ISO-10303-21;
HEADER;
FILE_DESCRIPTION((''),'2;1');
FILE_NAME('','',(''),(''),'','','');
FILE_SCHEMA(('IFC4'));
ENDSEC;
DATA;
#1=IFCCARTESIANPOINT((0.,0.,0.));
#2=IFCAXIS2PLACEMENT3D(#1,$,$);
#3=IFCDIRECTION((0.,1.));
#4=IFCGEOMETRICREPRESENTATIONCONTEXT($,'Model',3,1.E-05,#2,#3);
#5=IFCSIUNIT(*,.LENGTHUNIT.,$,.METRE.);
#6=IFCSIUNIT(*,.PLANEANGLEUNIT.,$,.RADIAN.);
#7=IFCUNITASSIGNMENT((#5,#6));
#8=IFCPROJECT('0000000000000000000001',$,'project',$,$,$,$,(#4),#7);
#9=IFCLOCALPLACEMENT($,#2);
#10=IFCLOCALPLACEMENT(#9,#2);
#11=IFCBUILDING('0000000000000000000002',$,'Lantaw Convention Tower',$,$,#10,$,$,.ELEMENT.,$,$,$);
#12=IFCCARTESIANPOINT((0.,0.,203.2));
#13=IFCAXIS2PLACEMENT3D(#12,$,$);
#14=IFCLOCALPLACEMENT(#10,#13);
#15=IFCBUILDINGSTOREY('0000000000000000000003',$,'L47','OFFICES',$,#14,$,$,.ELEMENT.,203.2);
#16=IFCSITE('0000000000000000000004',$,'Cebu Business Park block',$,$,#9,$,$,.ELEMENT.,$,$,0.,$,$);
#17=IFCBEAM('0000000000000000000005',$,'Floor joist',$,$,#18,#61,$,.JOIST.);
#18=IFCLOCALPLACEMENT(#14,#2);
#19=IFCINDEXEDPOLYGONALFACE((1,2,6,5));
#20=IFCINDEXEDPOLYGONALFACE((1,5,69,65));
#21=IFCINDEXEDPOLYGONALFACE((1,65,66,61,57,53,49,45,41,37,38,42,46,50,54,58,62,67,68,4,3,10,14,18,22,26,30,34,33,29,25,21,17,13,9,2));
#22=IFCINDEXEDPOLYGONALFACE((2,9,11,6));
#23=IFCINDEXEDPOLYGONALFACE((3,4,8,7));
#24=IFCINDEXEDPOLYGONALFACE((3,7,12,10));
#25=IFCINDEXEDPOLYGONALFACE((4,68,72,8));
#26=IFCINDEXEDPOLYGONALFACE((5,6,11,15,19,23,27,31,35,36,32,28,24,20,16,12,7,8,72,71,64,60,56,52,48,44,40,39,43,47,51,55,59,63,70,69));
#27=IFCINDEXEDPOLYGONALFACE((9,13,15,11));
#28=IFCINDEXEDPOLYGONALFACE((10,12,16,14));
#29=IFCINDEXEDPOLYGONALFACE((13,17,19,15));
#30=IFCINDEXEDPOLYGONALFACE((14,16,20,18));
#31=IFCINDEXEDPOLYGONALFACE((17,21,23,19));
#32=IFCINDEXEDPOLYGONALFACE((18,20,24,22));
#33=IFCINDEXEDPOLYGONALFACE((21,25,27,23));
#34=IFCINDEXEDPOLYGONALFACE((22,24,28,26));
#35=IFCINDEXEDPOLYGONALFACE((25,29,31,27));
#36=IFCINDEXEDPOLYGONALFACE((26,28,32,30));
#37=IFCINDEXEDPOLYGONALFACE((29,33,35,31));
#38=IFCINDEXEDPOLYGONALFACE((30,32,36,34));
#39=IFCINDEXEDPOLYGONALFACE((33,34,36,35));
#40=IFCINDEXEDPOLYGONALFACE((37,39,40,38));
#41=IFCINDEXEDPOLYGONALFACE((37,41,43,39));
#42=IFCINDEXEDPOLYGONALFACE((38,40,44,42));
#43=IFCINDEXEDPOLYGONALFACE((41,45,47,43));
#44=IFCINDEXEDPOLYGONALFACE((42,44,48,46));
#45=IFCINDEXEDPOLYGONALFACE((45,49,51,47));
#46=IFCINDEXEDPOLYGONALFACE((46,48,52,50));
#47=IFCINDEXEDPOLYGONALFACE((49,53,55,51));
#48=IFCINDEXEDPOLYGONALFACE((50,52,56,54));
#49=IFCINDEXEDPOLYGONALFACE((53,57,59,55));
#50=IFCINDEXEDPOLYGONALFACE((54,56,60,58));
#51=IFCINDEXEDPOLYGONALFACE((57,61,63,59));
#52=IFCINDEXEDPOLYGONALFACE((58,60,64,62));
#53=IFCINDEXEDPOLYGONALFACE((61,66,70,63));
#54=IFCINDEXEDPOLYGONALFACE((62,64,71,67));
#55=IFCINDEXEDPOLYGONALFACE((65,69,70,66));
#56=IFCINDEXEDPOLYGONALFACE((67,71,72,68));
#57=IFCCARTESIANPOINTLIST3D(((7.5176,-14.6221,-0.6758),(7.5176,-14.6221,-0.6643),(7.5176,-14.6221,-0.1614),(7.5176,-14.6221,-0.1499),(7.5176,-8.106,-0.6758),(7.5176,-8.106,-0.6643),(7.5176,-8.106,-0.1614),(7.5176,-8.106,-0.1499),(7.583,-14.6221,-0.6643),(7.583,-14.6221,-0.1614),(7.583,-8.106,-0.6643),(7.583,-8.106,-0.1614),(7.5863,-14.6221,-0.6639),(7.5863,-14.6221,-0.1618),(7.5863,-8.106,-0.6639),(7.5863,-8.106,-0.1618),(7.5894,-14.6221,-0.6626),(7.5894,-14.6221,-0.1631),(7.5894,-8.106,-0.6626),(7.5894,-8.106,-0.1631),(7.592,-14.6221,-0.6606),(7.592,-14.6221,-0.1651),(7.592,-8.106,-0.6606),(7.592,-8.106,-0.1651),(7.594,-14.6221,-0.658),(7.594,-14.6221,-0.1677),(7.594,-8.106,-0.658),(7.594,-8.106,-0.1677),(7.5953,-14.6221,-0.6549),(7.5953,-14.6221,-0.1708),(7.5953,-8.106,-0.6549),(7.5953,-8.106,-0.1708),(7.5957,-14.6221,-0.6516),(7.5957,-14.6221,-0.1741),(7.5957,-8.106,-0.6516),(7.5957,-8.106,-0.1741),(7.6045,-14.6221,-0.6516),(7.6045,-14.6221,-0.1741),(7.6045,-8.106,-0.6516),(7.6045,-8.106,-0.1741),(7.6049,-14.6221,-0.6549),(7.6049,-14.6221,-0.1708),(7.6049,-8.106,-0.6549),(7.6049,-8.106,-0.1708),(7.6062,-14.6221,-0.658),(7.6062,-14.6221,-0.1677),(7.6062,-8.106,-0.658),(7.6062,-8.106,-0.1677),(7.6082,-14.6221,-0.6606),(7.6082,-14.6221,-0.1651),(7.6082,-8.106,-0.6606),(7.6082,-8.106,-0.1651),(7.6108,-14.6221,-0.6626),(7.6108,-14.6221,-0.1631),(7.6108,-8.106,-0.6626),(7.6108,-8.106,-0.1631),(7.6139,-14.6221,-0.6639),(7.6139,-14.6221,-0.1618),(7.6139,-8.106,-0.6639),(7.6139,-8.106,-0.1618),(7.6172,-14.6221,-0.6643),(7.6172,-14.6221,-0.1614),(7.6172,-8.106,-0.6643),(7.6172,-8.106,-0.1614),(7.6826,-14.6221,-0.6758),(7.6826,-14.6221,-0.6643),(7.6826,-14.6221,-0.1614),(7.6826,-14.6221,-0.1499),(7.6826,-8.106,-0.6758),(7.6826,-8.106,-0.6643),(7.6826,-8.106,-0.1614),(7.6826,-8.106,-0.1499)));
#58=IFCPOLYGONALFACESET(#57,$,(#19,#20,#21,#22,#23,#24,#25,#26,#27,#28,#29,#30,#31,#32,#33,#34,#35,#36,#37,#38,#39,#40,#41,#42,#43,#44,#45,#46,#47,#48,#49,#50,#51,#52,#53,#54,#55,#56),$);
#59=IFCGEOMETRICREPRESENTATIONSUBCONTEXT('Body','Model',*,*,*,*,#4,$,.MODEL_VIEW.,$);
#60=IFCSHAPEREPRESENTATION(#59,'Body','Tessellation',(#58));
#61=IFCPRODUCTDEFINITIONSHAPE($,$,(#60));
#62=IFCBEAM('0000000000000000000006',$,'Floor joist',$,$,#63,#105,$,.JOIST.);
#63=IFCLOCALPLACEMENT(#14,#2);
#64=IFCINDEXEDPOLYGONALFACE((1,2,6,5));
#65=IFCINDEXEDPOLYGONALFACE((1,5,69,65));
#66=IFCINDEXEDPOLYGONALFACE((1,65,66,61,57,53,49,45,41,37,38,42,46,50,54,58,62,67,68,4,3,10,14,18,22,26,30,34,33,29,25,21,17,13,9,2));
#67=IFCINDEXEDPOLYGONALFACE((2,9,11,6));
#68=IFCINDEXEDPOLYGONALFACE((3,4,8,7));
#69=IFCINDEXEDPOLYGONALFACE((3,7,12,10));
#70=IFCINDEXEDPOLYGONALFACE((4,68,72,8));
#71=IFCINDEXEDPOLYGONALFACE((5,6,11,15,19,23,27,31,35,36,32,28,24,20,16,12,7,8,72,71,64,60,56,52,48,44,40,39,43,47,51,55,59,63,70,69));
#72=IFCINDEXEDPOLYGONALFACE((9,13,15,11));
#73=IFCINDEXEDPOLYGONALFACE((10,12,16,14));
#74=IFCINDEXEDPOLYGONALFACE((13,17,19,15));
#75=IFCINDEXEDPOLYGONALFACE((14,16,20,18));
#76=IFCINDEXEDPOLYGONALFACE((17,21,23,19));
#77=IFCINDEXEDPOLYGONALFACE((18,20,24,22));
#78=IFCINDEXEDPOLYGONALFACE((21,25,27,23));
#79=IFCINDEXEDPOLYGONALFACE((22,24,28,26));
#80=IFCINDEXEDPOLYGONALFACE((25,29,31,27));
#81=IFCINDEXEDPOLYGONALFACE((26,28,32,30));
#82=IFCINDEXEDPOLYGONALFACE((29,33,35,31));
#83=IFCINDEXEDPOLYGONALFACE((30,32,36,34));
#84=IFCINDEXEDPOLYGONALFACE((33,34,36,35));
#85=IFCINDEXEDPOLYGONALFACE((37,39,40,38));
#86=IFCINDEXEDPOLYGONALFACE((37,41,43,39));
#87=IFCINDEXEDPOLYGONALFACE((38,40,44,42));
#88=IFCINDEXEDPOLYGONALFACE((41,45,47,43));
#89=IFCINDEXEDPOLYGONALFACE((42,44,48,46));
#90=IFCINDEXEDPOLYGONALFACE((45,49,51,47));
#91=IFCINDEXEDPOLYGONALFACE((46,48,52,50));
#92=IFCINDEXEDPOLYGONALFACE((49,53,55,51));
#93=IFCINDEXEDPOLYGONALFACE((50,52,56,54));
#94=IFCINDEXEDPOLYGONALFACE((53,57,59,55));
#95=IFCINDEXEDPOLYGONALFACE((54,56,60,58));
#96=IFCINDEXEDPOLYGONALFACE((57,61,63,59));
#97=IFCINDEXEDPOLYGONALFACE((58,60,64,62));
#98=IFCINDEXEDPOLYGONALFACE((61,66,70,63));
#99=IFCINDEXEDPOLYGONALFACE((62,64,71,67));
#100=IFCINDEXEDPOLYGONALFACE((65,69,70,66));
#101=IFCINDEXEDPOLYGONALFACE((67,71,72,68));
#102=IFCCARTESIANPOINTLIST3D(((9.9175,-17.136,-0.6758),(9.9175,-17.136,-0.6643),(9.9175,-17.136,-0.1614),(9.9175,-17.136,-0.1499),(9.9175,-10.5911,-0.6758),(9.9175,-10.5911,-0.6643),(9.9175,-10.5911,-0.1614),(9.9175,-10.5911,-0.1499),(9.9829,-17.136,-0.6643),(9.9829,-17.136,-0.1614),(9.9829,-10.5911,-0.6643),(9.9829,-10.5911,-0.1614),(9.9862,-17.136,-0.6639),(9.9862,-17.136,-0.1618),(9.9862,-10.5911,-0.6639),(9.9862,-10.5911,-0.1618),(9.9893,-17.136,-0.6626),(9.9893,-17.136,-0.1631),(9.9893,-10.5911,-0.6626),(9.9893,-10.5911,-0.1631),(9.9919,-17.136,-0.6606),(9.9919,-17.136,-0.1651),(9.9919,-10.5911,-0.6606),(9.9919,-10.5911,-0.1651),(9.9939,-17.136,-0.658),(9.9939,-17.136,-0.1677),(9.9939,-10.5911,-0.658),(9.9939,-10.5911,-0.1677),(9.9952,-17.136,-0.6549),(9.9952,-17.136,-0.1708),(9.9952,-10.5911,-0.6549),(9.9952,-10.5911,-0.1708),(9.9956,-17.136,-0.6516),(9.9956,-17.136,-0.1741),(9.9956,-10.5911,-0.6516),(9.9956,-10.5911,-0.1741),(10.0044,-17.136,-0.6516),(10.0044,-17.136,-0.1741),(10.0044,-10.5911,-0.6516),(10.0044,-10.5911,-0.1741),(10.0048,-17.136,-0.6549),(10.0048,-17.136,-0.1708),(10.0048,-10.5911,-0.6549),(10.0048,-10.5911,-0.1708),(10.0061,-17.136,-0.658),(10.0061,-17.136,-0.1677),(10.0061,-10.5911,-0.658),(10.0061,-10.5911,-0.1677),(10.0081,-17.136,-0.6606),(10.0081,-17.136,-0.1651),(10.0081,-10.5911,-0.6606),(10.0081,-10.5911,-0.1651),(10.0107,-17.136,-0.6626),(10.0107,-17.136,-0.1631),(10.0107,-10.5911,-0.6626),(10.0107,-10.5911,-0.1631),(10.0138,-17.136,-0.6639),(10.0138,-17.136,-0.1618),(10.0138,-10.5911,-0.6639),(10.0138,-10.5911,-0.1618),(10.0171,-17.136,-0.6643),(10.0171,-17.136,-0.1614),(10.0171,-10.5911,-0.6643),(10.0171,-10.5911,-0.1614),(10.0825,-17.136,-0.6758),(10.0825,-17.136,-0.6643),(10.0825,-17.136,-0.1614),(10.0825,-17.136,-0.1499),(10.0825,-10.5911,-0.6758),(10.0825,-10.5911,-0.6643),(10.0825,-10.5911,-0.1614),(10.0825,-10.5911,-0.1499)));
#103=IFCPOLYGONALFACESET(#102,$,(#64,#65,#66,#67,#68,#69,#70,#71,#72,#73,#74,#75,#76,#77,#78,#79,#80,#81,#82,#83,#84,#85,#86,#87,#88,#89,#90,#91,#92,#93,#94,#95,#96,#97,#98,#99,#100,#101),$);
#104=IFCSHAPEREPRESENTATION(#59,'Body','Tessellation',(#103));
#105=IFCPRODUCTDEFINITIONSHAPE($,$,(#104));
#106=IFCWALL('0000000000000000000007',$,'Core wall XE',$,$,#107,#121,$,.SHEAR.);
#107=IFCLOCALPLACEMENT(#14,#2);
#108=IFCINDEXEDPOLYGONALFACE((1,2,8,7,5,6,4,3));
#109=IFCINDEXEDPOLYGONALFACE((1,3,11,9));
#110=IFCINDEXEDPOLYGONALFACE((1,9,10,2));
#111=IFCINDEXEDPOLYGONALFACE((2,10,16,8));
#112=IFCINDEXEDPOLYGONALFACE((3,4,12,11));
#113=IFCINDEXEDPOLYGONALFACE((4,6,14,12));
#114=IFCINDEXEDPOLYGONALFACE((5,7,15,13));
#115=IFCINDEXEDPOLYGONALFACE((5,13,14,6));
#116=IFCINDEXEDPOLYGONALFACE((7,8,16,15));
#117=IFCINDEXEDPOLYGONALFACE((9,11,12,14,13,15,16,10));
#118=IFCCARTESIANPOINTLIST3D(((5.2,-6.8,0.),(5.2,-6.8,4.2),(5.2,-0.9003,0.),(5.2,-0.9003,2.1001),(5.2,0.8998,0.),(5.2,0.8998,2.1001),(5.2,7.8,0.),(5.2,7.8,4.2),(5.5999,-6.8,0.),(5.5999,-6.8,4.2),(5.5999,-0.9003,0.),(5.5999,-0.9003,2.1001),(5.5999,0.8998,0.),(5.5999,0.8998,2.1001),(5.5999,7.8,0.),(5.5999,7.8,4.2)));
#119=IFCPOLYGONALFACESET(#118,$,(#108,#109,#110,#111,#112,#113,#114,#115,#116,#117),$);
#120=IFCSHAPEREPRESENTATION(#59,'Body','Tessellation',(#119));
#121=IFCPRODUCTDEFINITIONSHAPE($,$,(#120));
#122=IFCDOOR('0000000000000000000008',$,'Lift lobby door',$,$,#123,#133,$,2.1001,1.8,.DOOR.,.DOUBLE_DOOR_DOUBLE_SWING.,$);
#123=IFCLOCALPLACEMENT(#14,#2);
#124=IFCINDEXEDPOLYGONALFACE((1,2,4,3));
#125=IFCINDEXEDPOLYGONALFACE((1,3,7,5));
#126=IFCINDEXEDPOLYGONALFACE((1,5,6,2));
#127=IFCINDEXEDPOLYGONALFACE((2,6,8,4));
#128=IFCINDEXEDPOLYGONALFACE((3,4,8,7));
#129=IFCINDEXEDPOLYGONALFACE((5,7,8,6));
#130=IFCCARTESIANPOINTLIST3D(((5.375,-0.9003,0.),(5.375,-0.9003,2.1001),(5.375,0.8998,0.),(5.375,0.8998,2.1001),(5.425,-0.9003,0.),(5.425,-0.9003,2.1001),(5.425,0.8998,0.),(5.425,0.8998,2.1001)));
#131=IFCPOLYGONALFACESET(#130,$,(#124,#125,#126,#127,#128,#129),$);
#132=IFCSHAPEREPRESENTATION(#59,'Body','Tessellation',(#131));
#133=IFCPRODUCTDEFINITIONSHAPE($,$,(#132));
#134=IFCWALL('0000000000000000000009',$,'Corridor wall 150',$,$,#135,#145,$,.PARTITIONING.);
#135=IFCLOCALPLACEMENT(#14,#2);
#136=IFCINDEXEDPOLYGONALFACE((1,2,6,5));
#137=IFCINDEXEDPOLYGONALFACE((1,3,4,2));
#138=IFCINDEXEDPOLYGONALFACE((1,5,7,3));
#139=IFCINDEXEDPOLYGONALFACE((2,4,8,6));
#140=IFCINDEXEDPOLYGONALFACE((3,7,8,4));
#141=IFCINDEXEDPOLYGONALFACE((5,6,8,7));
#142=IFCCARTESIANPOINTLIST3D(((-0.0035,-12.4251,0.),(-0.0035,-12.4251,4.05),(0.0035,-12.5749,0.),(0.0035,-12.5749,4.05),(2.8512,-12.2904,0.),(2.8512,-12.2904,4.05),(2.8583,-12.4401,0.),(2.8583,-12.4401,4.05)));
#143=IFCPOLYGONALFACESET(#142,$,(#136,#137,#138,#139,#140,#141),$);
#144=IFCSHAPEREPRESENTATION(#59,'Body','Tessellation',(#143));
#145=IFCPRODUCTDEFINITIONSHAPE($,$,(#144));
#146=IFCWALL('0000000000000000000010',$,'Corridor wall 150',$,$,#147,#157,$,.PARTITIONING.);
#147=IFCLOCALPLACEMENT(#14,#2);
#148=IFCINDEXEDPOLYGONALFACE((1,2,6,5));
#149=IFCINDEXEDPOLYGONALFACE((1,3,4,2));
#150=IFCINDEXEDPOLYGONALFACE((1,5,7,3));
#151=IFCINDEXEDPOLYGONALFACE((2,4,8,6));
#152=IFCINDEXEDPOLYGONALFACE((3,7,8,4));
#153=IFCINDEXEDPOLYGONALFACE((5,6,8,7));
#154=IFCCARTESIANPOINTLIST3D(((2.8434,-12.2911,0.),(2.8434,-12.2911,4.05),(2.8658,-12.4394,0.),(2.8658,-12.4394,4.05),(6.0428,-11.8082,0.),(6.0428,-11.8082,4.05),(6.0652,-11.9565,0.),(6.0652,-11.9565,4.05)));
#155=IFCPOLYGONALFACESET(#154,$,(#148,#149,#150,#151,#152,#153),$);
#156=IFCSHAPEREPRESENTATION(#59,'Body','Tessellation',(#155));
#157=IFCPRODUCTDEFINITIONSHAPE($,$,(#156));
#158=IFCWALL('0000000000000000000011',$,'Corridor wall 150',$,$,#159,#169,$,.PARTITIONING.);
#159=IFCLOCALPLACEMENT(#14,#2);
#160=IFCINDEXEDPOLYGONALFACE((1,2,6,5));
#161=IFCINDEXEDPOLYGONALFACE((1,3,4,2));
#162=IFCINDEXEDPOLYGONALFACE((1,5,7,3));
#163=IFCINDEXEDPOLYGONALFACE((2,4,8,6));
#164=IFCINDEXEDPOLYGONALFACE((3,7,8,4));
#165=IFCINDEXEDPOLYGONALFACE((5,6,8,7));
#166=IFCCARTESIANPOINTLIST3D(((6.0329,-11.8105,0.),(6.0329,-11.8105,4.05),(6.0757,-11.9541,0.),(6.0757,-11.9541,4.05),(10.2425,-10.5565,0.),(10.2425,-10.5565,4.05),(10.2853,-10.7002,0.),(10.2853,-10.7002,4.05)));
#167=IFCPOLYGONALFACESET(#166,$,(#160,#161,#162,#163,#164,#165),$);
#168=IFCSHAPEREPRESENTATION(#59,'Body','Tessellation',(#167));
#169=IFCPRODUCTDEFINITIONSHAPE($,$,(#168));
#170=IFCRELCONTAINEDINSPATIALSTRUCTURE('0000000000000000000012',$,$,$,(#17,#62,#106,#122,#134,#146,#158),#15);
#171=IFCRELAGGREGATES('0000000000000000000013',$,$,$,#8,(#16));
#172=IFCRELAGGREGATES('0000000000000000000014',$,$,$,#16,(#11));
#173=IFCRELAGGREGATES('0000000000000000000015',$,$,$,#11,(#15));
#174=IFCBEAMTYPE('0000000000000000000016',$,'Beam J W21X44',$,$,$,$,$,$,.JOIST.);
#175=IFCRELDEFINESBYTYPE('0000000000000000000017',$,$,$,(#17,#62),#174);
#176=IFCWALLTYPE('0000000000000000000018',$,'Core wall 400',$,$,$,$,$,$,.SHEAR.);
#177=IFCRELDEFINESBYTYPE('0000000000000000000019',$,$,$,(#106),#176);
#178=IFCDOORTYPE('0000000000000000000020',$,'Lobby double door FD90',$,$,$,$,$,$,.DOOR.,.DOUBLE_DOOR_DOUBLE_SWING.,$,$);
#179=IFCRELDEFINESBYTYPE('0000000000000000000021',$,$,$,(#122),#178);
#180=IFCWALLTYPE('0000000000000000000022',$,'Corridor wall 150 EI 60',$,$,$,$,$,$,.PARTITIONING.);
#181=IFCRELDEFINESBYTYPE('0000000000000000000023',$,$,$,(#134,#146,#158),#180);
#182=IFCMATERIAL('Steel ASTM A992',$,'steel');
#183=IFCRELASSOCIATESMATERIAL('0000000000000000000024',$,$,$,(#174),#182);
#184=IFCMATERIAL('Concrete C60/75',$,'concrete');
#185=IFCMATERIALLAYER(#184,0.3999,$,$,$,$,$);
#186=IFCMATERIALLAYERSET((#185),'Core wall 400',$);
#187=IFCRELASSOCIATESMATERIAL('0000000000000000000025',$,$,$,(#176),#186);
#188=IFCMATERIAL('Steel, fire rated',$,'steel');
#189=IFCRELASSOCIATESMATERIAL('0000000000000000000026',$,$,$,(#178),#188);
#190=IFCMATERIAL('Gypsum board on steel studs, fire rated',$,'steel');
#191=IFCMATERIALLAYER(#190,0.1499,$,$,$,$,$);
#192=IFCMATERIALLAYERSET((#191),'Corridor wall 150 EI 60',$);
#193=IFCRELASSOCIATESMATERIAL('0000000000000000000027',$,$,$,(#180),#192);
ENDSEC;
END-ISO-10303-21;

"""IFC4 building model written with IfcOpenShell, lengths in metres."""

from ifc_helpers import new_model, si_unit, direction, frame, frame_2d, origin, origin_2d, place, context, subcontext, project, spatial, rectangle, i_section, extrude, material, layer, layer_set, material_profile, profile_set, type_object, element, fill, save


model = new_model("IFC4")

# Units and contexts
model_context = context("Model", 3, precision=1e-05, world=origin(), true_north=direction((0.0, 1.0)))
body_context = subcontext(model_context, "Body", "Model", "MODEL_VIEW")
ifc_project = project(units=[si_unit("LENGTHUNIT", "METRE"), si_unit("PLANEANGLEUNIT", "RADIAN")], contexts=[model_context])

# Site, building, storey
site_placement = place(None, origin())
site = spatial("IfcSite", under=ifc_project, at=site_placement, Name="Cebu Business Park block", CompositionType="ELEMENT", RefElevation=0.0)
building_placement = place(site_placement, origin())
building = spatial("IfcBuilding", under=site, at=building_placement, Name="Lantaw Convention Tower", CompositionType="ELEMENT")
storey_placement = place(building_placement, frame((0.0, 0.0, 203.2)))
storey = spatial("IfcBuildingStorey", under=building, at=storey_placement, Name="L47", Description="OFFICES", CompositionType="ELEMENT", Elevation=203.2)

# Beams
ifc_material_1 = material(Name="Steel ASTM A992", Category="steel")
ifc_material_profile_1 = material_profile(ifc_material_1, i_section(OverallWidth=0.165, OverallDepth=0.5259, WebThickness=0.0088, FlangeThickness=0.0115, FilletRadius=0.0127, at=origin_2d()), Name="W21X44")
ifc_profile_set_1 = profile_set([ifc_material_profile_1], Name="Steel ASTM A992")
beam_type_1 = type_object("IfcBeamType", Name="Beam J W21X44", PredefinedType="JOIST", material=ifc_profile_set_1)
beam_1_placement = place(storey_placement, frame((7.6001, -14.6221, -0.4128), z_axis=(0.0, 1.0, 0.0), x_axis=(-1.0, 0.0, 0.0)))
element("IfcBeam", 1, at=beam_1_placement, inside=storey, type_object=beam_type_1, Name="Floor joist", PredefinedType="JOIST", context=body_context, shape_type="SweptSolid", body=[
    extrude(i_section(OverallWidth=0.165, OverallDepth=0.5259, WebThickness=0.0088, FlangeThickness=0.0115, FilletRadius=0.0127, at=origin_2d()), origin(), (0.0, 0.0, 1.0), 6.5161),
])
beam_2_placement = place(storey_placement, frame((10.0, -17.136, -0.4128), z_axis=(0.0, 1.0, 0.0), x_axis=(-1.0, 0.0, 0.0)))
element("IfcBeam", 2, at=beam_2_placement, inside=storey, type_object=beam_type_1, Name="Floor joist", PredefinedType="JOIST", context=body_context, shape_type="SweptSolid", body=[
    extrude(i_section(OverallWidth=0.165, OverallDepth=0.5259, WebThickness=0.0088, FlangeThickness=0.0115, FilletRadius=0.0127, at=origin_2d()), origin(), (0.0, 0.0, 1.0), 6.5449),
])

# Wall, opening, door
ifc_material_2 = material(Name="Concrete C60/75", Category="concrete")
ifc_layer_1 = layer(ifc_material_2, 0.3999)
ifc_layer_set_1 = layer_set([ifc_layer_1], Name="Core wall 400")
wall_type_1 = type_object("IfcWallType", Name="Core wall 400", PredefinedType="SHEAR", material=ifc_layer_set_1)
wall_1_placement = place(storey_placement, frame((5.3999, -6.8, 0.0), z_axis=(0.0, 0.0, 1.0), x_axis=(0.0, 1.0, 0.0)))
wall_1 = element("IfcWall", 3, at=wall_1_placement, inside=storey, type_object=wall_type_1, Name="Core wall XE", PredefinedType="SHEAR", context=body_context, shape_type="SweptSolid", body=[
    extrude(rectangle(XDim=14.6001, YDim=0.3999, at=frame_2d((7.3, 0.0))), origin(), (0.0, 0.0, 1.0), 4.2),
])
opening_1_placement = place(wall_1_placement, frame((5.8999, 0.0, 0.0)))
opening_1 = element("IfcOpeningElement", 4, at=opening_1_placement, cuts=wall_1, PredefinedType="OPENING", context=body_context, shape_type="SweptSolid", body=[
    extrude(rectangle(XDim=1.8, YDim=2.1001, at=frame_2d((0.8999, 1.05))), frame((0.0, 0.21, 0.0), z_axis=(0.0, -1.0, 0.0), x_axis=(1.0, 0.0, 0.0)), (0.0, 0.0, 1.0), 0.4199),
])
ifc_material_3 = material(Name="Steel, fire rated", Category="steel")
door_type_1 = type_object("IfcDoorType", Name="Lobby double door FD90", OperationType="DOUBLE_DOOR_DOUBLE_SWING", PredefinedType="DOOR", material=ifc_material_3)
door_1_placement = place(opening_1_placement, origin())
door_1 = element("IfcDoor", 5, at=door_1_placement, inside=storey, type_object=door_type_1, Name="Lift lobby door", OperationType="DOUBLE_DOOR_DOUBLE_SWING", OverallHeight=2.1001, OverallWidth=1.8, PredefinedType="DOOR", context=body_context, shape_type="SweptSolid", body=[
    extrude(rectangle(XDim=1.8, YDim=2.1001, at=frame_2d((0.8999, 1.05))), frame((0.0, 0.0249, 0.0), z_axis=(0.0, -1.0, 0.0), x_axis=(1.0, 0.0, 0.0)), (0.0, 0.0, 1.0), 0.05),
])
fill(opening_1, door_1)

# Walls
ifc_material_4 = material(Name="Gypsum board on steel studs, fire rated", Category="steel")
ifc_layer_2 = layer(ifc_material_4, 0.1499)
ifc_layer_set_2 = layer_set([ifc_layer_2], Name="Corridor wall 150 EI 60")
wall_type_2 = type_object("IfcWallType", Name="Corridor wall 150 EI 60", PredefinedType="PARTITIONING", material=ifc_layer_set_2)
wall_2_placement = place(storey_placement, frame((0.0, -12.5, 0.0), z_axis=(0.0, 0.0, 1.0), x_axis=(0.998888, 0.047155, 0.0)))
element("IfcWall", 6, at=wall_2_placement, inside=storey, type_object=wall_type_2, Name="Corridor wall 150", PredefinedType="PARTITIONING", context=body_context, shape_type="SweptSolid", body=[
    extrude(rectangle(XDim=2.8579, YDim=0.1499, at=frame_2d((1.429, 0.0))), origin(), (0.0, 0.0, 1.0), 4.05),
])
wall_3_placement = place(storey_placement, frame((2.8547, -12.3652, 0.0), z_axis=(0.0, 0.0, 1.0), x_axis=(0.9888, 0.149244, 0.0)))
element("IfcWall", 7, at=wall_3_placement, inside=storey, type_object=wall_type_2, Name="Corridor wall 150", PredefinedType="PARTITIONING", context=body_context, shape_type="SweptSolid", body=[
    extrude(rectangle(XDim=3.2356, YDim=0.1499, at=frame_2d((1.6177, 0.0))), origin(), (0.0, 0.0, 1.0), 4.05),
])
wall_4_placement = place(storey_placement, frame((6.0542, -11.8823, 0.0), z_axis=(0.0, 0.0, 1.0), x_axis=(0.958384, 0.285481, 0.0)))
element("IfcWall", 8, at=wall_4_placement, inside=storey, type_object=wall_type_2, Name="Corridor wall 150", PredefinedType="PARTITIONING", context=body_context, shape_type="SweptSolid", body=[
    extrude(rectangle(XDim=4.3923, YDim=0.1499, at=frame_2d((2.1963, 0.0))), origin(), (0.0, 0.0, 1.0), 4.05),
])

save(model, "model.ifc")
